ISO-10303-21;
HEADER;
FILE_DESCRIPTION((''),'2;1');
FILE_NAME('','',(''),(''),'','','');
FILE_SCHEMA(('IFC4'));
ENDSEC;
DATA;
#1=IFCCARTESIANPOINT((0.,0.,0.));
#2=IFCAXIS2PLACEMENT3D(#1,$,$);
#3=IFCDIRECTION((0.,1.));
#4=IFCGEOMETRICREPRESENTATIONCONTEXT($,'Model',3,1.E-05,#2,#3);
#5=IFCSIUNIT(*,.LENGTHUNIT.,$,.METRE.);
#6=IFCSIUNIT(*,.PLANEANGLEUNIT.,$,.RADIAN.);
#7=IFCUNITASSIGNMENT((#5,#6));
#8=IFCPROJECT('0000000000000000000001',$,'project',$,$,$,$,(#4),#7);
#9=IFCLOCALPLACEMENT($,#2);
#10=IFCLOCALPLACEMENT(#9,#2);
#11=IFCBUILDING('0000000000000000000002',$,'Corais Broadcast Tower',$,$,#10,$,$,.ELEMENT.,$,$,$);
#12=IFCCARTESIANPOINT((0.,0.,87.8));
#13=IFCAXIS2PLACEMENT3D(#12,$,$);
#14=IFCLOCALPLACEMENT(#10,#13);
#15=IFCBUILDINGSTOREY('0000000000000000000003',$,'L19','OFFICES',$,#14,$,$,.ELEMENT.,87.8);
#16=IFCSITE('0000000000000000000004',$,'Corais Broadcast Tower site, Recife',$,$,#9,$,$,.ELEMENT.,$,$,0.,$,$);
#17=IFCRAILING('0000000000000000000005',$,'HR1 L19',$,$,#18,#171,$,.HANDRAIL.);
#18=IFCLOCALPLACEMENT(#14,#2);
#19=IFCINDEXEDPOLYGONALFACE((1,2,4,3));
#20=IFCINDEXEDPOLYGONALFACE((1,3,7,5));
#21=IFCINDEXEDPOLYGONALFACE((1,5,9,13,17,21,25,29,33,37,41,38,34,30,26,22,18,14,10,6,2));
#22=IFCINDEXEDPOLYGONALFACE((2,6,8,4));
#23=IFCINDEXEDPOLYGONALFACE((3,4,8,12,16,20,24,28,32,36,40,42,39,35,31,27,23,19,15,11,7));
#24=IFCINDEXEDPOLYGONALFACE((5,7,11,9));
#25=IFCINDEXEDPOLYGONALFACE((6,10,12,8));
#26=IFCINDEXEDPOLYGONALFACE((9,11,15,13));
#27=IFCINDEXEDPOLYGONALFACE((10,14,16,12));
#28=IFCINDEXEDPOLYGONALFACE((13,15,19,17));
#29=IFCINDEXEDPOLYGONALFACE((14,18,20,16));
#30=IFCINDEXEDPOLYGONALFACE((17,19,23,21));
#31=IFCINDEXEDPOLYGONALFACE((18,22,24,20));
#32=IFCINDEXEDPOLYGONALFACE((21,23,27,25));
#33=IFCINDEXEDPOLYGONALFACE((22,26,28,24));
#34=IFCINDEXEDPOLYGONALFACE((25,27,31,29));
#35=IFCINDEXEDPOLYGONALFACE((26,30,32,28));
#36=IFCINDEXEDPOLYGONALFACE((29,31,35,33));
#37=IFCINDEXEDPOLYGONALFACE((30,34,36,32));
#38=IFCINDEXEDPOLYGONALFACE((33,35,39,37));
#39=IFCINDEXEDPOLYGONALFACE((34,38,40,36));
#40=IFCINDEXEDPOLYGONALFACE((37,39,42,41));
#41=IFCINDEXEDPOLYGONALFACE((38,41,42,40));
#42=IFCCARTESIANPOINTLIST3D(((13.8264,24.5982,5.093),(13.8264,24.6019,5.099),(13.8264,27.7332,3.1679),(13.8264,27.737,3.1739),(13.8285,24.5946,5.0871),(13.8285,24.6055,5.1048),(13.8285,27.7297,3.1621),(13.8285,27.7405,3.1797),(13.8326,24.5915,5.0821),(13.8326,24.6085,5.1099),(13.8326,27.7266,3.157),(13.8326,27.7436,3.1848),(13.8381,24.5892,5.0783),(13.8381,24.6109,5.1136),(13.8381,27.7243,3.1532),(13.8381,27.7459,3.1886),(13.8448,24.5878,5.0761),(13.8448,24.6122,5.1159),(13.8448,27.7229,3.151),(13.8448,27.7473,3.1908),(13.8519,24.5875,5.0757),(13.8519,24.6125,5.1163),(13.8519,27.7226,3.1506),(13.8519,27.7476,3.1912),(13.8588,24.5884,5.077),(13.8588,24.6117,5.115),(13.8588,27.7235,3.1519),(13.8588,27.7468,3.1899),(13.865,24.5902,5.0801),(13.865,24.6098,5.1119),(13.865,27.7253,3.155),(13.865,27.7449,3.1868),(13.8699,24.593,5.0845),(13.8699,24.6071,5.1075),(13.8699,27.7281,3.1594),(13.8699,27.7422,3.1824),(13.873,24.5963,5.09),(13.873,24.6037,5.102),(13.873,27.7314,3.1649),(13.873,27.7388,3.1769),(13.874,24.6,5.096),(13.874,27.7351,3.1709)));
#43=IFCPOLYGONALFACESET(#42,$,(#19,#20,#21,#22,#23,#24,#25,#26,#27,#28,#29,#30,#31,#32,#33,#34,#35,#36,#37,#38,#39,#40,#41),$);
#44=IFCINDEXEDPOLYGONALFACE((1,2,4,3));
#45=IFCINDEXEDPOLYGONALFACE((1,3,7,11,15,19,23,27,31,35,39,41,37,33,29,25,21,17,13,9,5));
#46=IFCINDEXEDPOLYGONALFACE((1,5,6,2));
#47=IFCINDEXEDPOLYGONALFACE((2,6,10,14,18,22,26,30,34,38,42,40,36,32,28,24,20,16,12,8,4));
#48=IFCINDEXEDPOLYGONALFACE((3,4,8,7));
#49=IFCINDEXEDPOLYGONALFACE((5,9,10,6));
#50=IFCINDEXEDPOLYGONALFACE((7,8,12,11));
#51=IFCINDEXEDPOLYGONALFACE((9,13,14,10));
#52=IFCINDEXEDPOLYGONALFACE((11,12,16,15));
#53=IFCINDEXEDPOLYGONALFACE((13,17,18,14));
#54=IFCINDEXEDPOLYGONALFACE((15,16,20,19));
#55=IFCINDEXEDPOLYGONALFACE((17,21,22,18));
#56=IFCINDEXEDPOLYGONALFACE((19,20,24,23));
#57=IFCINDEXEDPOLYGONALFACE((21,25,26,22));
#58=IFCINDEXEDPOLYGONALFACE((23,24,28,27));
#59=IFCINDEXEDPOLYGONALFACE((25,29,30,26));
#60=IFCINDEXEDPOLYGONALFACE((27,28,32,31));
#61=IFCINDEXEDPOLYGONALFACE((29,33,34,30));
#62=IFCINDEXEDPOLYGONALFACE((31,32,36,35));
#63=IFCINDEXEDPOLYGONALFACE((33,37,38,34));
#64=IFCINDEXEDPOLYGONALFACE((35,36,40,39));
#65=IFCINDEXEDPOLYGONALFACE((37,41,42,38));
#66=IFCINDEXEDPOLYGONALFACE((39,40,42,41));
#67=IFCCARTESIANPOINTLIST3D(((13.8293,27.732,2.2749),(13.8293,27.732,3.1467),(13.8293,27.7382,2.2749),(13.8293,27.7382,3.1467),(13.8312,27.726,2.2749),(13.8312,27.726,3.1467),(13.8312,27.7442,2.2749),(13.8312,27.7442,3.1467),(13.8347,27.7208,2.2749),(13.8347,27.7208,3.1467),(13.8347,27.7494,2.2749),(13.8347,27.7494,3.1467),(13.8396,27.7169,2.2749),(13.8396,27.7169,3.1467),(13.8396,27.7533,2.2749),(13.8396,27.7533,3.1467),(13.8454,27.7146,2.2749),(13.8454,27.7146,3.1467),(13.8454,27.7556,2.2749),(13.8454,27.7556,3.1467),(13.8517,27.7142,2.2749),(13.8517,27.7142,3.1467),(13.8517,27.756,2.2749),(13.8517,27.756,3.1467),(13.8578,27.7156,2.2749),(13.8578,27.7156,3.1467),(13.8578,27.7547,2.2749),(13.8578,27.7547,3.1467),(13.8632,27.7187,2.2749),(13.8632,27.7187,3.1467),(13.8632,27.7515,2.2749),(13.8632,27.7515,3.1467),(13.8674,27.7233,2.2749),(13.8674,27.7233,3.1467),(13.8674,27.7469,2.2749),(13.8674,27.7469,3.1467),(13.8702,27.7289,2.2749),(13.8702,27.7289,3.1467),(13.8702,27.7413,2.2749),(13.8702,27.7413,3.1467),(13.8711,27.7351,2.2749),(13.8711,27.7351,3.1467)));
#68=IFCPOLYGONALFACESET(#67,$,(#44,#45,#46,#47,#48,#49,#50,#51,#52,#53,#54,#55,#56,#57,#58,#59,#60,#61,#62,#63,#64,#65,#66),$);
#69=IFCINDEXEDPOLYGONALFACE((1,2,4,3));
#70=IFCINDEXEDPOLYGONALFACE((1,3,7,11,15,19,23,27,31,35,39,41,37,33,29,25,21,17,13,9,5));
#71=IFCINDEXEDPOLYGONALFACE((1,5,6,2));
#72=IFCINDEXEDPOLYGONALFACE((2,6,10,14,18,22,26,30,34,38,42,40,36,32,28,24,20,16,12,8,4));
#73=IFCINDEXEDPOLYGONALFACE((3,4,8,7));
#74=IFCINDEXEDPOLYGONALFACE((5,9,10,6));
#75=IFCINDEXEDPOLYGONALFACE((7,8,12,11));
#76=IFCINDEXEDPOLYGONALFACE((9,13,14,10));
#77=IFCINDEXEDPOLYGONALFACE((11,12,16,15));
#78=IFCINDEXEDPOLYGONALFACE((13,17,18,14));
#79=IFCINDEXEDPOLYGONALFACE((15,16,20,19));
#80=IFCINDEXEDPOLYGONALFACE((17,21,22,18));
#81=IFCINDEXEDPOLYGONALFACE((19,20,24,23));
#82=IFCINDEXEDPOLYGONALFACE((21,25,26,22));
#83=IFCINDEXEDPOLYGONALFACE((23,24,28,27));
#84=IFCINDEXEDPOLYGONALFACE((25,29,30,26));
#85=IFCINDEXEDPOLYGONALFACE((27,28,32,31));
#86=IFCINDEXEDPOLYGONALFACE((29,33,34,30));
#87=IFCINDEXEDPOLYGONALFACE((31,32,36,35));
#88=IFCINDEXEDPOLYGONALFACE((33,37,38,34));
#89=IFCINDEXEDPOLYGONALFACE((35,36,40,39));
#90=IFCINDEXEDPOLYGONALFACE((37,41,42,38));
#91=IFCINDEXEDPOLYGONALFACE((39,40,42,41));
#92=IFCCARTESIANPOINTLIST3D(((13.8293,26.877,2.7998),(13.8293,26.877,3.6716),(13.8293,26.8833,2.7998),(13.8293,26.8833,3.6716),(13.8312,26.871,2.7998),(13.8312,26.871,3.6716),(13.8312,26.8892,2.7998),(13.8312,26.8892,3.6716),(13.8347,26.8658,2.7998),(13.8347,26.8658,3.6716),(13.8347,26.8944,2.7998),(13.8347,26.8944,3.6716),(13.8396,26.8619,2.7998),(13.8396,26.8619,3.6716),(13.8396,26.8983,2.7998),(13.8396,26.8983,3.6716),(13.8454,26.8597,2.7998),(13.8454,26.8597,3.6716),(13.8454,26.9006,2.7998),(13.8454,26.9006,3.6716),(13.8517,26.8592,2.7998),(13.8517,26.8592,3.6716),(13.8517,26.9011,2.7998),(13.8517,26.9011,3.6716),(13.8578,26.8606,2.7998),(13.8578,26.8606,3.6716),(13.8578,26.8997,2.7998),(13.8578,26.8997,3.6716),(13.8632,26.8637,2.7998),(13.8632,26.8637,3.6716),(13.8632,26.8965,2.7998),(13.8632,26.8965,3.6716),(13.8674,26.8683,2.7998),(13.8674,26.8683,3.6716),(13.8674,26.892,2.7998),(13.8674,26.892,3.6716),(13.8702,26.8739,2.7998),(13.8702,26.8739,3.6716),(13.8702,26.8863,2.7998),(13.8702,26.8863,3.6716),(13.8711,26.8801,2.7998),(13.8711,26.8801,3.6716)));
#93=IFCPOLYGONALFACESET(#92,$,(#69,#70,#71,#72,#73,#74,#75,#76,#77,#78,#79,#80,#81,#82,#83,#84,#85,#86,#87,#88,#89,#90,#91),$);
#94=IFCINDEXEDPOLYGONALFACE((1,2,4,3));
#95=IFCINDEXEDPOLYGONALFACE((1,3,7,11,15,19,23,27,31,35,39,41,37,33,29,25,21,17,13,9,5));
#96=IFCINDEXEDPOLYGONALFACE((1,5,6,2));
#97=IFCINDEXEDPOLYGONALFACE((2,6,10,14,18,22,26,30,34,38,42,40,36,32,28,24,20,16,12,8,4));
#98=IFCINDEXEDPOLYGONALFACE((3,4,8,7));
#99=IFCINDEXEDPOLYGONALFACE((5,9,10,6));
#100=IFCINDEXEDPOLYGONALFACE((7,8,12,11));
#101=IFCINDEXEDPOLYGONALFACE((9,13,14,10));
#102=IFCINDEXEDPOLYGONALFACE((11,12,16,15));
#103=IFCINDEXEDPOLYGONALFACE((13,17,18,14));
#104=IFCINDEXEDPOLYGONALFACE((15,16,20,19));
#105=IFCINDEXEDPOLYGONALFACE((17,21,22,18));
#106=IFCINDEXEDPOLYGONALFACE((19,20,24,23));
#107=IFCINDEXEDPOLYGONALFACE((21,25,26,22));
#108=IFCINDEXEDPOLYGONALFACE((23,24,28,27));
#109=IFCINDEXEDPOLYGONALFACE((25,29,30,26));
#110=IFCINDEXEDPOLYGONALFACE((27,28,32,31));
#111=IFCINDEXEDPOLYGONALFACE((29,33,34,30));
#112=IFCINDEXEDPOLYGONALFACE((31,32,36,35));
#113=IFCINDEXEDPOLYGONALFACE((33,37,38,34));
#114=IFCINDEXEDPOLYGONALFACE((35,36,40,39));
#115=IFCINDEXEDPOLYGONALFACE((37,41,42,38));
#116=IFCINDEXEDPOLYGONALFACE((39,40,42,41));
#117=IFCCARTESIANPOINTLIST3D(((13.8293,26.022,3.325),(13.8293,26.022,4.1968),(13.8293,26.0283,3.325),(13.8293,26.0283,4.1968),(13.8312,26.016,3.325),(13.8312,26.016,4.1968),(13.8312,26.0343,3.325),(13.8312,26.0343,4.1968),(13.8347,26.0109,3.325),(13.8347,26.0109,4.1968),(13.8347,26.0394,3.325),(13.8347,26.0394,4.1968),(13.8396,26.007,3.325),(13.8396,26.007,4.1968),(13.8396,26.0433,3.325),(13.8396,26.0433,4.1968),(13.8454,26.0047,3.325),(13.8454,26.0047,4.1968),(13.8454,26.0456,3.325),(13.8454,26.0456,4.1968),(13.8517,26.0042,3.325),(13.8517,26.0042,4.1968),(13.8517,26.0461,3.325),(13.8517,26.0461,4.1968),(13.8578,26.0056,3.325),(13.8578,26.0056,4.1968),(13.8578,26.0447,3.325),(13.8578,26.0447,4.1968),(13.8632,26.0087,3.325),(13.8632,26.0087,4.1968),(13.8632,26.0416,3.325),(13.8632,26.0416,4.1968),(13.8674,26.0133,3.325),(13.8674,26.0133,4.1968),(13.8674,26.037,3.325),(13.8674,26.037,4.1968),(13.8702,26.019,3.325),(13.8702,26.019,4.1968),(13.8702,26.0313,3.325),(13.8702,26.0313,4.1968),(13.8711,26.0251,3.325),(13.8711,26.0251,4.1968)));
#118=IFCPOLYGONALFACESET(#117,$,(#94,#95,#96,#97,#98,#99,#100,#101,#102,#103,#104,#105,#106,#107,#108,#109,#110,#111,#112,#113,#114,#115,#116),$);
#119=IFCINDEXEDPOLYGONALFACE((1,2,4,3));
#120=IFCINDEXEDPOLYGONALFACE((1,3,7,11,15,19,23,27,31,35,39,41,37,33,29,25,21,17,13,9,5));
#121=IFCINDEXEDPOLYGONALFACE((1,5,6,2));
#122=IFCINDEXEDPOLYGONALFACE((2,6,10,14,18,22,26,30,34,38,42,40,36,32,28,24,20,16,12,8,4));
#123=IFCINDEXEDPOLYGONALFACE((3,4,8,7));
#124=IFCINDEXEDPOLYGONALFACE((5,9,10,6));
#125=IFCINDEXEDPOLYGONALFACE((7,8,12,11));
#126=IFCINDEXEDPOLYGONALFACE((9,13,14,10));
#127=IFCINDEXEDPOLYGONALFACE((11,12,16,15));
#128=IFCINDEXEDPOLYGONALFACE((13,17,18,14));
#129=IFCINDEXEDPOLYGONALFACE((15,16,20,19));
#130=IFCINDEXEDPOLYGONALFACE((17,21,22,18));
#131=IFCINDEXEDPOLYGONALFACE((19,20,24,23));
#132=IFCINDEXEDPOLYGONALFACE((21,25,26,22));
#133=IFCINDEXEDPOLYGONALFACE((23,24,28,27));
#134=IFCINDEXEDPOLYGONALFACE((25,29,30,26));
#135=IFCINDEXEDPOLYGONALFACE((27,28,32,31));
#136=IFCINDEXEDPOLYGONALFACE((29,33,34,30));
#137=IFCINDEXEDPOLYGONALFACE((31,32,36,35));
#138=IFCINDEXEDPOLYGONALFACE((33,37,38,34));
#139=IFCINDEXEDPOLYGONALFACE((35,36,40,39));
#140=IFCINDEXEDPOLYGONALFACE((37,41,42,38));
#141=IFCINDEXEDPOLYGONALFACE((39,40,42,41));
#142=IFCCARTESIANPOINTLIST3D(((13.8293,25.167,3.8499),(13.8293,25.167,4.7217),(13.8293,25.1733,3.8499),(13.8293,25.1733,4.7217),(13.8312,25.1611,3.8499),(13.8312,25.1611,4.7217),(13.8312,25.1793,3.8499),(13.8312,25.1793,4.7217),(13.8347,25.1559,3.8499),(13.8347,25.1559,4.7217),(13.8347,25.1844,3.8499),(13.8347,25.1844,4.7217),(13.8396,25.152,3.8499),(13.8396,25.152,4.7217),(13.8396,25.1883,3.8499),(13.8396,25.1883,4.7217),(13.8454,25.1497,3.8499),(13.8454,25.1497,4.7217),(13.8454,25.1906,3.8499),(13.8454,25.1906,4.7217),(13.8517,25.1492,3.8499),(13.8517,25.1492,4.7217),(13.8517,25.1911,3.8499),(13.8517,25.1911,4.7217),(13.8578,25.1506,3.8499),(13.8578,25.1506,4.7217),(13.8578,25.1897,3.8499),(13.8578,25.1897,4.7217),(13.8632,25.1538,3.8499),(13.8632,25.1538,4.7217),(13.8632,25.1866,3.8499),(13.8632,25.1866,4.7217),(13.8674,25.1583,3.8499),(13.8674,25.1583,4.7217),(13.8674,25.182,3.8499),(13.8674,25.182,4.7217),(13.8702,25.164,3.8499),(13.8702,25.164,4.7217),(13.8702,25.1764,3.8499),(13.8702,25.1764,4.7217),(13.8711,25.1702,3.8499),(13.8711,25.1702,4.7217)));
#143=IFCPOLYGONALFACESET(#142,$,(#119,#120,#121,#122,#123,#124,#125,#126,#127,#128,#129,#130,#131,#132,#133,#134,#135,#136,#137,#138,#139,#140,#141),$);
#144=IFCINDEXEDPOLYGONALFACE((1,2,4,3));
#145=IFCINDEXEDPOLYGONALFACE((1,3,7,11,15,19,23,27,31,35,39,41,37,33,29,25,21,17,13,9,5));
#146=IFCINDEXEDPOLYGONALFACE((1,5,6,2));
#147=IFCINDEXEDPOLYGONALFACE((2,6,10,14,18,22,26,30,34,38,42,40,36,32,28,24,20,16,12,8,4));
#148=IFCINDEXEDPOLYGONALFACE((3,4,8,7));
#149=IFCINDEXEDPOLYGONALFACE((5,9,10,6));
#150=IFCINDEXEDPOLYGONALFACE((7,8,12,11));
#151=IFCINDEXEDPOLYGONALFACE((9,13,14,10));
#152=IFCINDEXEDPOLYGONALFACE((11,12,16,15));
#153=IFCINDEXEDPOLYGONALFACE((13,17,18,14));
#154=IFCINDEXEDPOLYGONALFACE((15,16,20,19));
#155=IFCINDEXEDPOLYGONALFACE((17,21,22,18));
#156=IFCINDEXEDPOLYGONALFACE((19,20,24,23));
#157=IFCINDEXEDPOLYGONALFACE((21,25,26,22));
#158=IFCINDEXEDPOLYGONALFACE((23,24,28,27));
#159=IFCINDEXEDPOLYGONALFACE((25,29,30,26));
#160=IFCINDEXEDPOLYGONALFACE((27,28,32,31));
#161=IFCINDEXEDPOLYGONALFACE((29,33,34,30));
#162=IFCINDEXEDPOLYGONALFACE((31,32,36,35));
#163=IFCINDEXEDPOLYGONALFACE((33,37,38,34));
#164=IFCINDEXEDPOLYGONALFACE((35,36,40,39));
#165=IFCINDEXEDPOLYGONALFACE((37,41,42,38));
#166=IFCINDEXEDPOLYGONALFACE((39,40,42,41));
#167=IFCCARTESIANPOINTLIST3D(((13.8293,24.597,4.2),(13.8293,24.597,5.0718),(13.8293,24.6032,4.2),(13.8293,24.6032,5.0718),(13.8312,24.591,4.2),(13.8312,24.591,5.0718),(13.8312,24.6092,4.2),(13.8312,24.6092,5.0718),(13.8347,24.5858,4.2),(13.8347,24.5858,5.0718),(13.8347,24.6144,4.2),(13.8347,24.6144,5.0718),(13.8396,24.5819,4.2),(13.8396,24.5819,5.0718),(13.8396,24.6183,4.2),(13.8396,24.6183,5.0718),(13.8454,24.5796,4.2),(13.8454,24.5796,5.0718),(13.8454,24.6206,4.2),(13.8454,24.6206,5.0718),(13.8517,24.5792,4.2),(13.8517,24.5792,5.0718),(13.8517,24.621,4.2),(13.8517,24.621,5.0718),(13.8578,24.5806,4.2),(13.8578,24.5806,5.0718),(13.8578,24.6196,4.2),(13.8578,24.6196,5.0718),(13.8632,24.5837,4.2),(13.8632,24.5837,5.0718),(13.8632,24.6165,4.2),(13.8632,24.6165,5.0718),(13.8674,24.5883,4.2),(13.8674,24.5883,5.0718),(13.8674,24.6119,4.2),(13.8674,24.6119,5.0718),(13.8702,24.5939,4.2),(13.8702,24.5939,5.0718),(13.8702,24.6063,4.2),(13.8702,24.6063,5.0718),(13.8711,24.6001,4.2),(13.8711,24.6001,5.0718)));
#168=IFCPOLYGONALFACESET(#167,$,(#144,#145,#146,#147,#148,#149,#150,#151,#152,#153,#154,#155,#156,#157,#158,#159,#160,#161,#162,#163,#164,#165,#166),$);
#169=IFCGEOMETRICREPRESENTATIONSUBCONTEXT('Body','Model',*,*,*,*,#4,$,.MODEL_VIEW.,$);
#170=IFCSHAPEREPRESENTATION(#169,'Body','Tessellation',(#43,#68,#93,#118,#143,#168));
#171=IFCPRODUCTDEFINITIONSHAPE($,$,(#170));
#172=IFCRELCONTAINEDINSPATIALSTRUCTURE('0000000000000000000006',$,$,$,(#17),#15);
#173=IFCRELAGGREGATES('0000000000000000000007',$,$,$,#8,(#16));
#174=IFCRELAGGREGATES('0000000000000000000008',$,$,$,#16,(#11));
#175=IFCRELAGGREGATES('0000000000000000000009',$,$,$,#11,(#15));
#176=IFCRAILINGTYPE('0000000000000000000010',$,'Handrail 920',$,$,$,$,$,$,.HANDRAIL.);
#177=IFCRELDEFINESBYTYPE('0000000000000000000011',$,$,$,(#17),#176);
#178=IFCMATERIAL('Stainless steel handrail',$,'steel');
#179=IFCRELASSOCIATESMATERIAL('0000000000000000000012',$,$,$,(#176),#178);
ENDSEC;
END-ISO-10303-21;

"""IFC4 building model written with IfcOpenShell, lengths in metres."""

from ifc_helpers import new_model, si_unit, direction, frame, origin, origin_2d, place, context, subcontext, project, spatial, circle, extrude, material, type_object, element, save


model = new_model("IFC4")

# Units and contexts
model_context = context("Model", 3, precision=1e-05, world=origin(), true_north=direction((0.0, 1.0)))
body_context = subcontext(model_context, "Body", "Model", "MODEL_VIEW")
ifc_project = project(units=[si_unit("LENGTHUNIT", "METRE"), si_unit("PLANEANGLEUNIT", "RADIAN")], contexts=[model_context])

# Site, building, storey
site_placement = place(None, origin())
site = spatial("IfcSite", under=ifc_project, at=site_placement, Name="Corais Broadcast Tower site, Recife", CompositionType="ELEMENT", RefElevation=0.0)
building_placement = place(site_placement, origin())
building = spatial("IfcBuilding", under=site, at=building_placement, Name="Corais Broadcast Tower", CompositionType="ELEMENT")
storey_placement = place(building_placement, frame((0.0, 0.0, 87.8)))
storey = spatial("IfcBuildingStorey", under=building, at=storey_placement, Name="L19", Description="OFFICES", CompositionType="ELEMENT", Elevation=87.8)

# Railing
ifc_material_1 = material(Name="Stainless steel handrail", Category="steel")
railing_type = type_object("IfcRailingType", Name="Handrail 920", PredefinedType="HANDRAIL", material=ifc_material_1)
railing_placement = place(storey_placement, frame((13.8501, 27.7351, 2.2749)))
element("IfcRailing", 1, at=railing_placement, inside=storey, type_object=railing_type, Name="HR1 L19", PredefinedType="HANDRAIL", context=body_context, shape_type="SweptSolid", body=[
    extrude(circle(Radius=0.0239, at=origin_2d()), frame((0.0, 0.0, 0.896), z_axis=(0.0, -0.852166, 0.523271), x_axis=(1.0, 0.0, 0.0)), (0.0, 0.0, 1.0), 3.679),
    extrude(circle(Radius=0.021, at=origin_2d()), origin(), (0.0, 0.0, 1.0), 0.8718),
    extrude(circle(Radius=0.021, at=origin_2d()), frame((0.0, -0.855, 0.5249)), (0.0, 0.0, 1.0), 0.8718),
    extrude(circle(Radius=0.021, at=origin_2d()), frame((0.0, -1.71, 1.05)), (0.0, 0.0, 1.0), 0.8718),
    extrude(circle(Radius=0.021, at=origin_2d()), frame((0.0, -2.5649, 1.575)), (0.0, 0.0, 1.0), 0.8718),
    extrude(circle(Radius=0.021, at=origin_2d()), frame((0.0, -3.135, 1.925)), (0.0, 0.0, 1.0), 0.8718),
])

save(model, "model.ifc")
